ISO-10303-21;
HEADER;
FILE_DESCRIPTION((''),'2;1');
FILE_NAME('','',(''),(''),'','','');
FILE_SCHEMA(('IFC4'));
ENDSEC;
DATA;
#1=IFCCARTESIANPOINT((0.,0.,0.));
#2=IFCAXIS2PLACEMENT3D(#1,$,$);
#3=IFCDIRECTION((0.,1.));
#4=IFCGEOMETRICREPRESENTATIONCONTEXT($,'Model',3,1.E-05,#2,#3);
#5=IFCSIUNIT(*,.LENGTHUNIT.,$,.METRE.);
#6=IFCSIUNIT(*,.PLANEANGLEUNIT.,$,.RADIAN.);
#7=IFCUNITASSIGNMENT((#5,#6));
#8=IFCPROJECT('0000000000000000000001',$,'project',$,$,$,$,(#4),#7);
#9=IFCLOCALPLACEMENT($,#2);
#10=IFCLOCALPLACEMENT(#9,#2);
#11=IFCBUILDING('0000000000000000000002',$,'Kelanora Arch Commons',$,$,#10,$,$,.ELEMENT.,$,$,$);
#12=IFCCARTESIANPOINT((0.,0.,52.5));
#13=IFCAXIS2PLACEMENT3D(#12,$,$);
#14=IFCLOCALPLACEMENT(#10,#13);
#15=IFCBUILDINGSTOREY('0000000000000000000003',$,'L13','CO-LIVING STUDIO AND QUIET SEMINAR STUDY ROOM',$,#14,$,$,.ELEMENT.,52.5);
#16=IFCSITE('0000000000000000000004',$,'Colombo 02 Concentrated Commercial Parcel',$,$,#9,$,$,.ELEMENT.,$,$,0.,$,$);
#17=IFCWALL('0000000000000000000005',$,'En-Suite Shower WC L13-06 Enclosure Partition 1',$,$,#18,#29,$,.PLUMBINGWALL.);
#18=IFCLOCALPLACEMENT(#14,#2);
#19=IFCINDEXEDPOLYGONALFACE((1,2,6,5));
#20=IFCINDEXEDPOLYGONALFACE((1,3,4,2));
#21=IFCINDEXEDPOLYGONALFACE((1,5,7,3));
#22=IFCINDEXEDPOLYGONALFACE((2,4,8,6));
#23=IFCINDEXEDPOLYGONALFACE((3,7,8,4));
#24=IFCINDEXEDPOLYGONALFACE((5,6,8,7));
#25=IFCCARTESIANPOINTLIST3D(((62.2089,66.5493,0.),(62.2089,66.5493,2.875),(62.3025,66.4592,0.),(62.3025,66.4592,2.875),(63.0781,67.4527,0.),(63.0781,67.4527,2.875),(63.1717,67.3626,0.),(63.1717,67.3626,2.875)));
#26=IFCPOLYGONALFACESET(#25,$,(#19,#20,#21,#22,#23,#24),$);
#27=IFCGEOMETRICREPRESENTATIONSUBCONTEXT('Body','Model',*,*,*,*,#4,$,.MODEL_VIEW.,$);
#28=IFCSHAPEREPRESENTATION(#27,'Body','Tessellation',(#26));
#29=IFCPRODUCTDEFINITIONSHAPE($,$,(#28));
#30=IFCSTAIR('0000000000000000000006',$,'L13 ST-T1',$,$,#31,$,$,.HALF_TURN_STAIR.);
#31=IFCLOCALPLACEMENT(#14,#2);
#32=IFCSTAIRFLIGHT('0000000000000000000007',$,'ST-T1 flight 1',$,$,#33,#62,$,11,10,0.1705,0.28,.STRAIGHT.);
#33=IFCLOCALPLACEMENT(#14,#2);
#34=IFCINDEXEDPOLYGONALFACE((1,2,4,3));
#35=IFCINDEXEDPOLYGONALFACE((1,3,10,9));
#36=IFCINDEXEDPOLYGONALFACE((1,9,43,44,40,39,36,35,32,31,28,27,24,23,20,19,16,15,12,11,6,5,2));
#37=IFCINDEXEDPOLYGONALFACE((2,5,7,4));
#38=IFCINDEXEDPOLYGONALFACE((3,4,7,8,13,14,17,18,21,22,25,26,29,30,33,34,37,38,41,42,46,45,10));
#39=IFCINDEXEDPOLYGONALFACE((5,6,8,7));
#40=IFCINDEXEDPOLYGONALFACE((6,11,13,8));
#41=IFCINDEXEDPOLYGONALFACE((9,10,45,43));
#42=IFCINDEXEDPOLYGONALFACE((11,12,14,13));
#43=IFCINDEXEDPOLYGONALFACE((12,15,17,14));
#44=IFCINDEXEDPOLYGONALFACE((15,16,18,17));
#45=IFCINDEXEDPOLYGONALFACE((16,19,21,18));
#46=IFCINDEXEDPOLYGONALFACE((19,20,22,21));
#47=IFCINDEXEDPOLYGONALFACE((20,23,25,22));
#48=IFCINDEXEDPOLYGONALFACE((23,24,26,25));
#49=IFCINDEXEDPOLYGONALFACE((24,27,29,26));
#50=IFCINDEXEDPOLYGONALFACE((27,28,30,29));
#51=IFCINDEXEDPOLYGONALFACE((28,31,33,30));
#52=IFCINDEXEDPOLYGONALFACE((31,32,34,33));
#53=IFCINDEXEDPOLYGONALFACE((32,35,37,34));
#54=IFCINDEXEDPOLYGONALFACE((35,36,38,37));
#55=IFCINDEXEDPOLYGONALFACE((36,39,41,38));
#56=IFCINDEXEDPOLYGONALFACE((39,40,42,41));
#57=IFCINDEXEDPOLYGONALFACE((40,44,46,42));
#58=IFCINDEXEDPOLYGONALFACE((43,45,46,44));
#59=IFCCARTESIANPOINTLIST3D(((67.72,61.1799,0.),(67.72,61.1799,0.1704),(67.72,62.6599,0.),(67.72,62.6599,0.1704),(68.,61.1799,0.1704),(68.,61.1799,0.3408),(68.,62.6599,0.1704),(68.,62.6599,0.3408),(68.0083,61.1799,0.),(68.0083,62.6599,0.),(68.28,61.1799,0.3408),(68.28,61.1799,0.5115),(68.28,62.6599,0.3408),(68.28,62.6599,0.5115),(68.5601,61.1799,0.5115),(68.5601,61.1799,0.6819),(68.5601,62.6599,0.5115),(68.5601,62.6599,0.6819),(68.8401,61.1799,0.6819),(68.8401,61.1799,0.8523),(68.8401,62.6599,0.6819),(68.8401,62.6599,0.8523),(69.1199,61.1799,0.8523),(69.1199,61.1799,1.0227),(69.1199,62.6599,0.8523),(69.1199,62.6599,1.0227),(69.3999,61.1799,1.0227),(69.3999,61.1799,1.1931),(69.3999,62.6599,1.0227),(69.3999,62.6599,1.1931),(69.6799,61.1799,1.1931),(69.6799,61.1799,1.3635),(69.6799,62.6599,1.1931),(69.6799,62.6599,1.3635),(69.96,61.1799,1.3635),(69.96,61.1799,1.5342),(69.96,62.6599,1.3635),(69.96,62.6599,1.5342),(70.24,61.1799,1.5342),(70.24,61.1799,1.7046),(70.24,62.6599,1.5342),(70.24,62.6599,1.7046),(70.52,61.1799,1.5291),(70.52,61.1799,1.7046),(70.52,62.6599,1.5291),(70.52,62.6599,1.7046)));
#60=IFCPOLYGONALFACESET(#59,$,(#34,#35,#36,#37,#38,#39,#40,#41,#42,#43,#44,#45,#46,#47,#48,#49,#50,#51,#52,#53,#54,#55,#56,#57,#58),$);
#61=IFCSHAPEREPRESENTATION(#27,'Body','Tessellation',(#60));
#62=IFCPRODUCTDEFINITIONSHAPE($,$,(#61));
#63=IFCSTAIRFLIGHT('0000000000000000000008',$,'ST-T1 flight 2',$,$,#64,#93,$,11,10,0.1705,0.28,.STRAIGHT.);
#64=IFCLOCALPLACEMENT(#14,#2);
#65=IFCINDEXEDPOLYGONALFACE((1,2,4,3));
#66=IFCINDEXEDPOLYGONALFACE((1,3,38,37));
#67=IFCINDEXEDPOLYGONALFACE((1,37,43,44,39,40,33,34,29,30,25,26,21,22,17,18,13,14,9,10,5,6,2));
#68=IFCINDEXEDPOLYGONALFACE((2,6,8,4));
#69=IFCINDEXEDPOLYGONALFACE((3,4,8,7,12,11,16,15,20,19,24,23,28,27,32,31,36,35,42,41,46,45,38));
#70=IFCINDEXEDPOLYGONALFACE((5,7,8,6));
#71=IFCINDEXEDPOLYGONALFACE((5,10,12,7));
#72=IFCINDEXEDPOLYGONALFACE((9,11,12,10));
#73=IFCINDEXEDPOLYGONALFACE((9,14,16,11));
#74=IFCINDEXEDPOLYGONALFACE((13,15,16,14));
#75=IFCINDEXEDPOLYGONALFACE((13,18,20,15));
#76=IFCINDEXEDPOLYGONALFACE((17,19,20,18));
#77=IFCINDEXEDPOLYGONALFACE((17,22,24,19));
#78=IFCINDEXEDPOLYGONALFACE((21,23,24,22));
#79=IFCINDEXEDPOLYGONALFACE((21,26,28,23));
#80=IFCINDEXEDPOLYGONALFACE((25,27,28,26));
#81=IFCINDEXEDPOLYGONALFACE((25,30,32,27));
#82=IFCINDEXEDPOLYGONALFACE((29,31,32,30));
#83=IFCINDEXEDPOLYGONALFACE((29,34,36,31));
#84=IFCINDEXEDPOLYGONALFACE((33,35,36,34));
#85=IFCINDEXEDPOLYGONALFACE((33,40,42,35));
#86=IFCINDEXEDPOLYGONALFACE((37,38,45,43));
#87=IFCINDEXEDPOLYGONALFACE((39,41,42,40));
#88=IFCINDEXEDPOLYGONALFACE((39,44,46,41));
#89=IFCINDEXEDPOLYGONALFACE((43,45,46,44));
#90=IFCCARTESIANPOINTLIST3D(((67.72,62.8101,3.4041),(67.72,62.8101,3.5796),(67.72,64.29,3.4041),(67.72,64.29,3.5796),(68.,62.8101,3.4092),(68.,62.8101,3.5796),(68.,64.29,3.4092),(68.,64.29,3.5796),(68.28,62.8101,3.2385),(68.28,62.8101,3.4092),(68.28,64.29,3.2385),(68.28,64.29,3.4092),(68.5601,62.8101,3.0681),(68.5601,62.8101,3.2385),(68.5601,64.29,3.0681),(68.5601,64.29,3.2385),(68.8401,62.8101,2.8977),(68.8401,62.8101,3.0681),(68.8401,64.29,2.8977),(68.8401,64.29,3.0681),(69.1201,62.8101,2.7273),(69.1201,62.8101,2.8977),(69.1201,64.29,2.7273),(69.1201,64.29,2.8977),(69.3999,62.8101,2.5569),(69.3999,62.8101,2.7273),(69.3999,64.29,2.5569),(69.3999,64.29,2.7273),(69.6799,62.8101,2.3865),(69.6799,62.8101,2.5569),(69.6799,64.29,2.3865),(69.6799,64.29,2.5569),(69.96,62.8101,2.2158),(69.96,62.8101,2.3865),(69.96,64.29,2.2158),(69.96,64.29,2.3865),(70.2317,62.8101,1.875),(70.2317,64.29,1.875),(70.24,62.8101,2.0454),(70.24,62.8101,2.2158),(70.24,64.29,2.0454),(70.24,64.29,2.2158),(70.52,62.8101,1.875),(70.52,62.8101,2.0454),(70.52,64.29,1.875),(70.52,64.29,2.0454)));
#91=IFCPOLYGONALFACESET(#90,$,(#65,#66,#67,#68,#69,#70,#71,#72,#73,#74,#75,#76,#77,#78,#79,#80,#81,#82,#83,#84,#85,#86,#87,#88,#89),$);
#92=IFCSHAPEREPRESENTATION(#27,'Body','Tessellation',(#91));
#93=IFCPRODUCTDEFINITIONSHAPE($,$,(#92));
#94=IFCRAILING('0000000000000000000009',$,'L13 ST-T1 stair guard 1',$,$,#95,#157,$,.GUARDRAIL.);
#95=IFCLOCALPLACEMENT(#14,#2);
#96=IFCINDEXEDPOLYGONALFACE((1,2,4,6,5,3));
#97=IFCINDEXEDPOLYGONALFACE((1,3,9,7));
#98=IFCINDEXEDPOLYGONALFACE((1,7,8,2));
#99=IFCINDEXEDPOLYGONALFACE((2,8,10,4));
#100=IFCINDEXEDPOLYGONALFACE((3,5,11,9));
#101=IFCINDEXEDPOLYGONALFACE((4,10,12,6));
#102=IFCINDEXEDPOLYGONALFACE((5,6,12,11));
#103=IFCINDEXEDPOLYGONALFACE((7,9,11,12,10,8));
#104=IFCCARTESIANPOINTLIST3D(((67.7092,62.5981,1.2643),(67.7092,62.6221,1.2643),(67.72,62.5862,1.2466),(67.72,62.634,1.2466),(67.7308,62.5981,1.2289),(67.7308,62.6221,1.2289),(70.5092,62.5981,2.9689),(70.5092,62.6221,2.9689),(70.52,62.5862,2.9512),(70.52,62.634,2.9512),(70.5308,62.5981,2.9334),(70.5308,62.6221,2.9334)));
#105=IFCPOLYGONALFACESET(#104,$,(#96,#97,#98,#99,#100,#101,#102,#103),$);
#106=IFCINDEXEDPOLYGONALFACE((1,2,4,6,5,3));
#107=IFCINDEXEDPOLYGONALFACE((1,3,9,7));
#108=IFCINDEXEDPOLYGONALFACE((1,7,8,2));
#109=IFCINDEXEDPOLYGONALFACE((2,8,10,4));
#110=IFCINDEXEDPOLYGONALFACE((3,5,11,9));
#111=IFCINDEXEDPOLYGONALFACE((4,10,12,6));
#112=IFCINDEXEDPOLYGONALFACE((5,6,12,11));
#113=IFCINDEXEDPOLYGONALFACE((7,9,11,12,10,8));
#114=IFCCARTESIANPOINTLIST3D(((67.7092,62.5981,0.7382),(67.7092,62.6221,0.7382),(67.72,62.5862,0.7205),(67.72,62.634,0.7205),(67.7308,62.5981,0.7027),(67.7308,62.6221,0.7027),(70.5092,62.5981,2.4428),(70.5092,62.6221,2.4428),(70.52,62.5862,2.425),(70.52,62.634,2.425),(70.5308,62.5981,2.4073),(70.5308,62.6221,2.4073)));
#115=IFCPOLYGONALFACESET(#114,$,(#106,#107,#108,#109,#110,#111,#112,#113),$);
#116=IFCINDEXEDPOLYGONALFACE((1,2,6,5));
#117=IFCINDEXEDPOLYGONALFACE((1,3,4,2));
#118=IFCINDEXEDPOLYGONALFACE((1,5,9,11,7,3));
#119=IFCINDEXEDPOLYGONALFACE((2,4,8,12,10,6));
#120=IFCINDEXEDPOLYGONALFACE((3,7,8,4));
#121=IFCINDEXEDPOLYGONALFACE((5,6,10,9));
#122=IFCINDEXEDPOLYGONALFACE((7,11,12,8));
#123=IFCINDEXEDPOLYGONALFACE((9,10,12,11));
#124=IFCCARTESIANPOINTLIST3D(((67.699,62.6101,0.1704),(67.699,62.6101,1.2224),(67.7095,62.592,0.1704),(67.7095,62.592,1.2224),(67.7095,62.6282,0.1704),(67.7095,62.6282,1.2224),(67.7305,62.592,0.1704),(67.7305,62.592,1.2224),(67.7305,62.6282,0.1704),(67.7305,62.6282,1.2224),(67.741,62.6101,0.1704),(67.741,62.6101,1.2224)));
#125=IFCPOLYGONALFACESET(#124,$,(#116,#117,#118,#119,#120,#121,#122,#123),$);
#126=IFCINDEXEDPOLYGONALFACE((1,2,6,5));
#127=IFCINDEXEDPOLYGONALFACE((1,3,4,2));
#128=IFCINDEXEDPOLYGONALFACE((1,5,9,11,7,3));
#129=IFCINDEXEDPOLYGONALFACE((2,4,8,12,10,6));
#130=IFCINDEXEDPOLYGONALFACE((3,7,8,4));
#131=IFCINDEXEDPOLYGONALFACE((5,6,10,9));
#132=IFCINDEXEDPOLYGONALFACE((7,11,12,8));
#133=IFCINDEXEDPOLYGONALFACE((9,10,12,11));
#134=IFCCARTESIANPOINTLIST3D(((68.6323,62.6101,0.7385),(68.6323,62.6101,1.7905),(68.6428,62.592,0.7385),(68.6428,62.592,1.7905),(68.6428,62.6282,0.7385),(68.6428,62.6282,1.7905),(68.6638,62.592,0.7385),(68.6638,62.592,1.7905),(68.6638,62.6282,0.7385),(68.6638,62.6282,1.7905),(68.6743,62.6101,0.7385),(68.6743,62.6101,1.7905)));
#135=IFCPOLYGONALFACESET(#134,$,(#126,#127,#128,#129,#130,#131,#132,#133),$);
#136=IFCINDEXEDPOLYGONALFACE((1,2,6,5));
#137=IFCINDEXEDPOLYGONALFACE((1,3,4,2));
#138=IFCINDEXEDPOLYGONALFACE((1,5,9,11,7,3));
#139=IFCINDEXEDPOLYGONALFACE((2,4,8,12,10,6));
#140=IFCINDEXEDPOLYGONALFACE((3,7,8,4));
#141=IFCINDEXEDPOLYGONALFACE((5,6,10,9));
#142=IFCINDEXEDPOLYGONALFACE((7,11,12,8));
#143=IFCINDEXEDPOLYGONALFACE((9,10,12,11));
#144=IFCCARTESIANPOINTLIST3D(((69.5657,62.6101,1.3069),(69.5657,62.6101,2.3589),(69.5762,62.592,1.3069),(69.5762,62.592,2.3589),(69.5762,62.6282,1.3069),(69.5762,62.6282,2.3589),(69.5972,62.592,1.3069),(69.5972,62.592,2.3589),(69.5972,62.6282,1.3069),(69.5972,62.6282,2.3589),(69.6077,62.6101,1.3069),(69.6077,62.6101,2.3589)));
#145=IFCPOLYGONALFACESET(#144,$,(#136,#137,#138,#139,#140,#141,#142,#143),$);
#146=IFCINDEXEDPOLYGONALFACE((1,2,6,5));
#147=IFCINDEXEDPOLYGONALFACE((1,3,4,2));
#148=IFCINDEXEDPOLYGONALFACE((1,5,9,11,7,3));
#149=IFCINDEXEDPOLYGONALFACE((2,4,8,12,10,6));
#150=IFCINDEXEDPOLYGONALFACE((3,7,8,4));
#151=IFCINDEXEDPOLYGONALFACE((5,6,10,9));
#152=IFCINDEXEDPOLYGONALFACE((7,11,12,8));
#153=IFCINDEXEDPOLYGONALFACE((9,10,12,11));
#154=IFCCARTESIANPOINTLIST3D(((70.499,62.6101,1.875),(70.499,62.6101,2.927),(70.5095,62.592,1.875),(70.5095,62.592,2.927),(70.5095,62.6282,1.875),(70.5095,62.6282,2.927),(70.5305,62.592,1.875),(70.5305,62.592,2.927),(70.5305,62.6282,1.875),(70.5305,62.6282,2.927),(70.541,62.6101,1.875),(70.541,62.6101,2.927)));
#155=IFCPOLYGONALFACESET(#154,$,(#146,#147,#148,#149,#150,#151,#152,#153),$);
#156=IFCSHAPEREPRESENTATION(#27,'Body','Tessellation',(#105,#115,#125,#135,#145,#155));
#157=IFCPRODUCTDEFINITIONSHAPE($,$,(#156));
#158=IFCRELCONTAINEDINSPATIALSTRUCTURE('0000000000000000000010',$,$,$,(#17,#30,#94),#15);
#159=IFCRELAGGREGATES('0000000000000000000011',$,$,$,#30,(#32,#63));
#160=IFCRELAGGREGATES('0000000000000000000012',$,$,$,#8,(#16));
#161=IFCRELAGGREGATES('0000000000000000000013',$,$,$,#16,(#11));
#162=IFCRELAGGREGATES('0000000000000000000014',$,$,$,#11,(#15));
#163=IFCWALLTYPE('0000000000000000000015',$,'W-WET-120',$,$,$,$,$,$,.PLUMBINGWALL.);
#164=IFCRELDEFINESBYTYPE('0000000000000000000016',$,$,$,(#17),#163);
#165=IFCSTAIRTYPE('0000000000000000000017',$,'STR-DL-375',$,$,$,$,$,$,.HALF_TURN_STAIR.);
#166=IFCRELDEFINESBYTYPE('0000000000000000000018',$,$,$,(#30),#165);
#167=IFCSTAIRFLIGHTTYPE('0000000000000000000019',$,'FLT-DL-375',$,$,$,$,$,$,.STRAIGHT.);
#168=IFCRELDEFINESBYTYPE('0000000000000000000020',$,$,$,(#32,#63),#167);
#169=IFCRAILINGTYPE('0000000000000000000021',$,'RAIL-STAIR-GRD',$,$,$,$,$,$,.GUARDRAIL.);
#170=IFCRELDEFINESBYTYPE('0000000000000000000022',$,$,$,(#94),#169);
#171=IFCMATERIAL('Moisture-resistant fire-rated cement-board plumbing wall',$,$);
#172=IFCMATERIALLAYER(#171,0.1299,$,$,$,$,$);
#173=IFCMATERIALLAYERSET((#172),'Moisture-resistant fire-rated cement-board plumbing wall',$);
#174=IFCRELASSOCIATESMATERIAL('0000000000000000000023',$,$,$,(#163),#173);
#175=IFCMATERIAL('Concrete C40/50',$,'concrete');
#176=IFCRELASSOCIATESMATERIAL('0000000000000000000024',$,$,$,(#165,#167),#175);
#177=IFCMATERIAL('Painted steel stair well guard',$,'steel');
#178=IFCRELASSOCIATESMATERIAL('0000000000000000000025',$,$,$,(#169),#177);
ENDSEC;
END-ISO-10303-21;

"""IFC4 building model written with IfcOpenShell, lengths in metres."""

from ifc_helpers import new_model, si_unit, direction, frame, frame_2d, origin, place, context, subcontext, project, spatial, polyline, rectangle, outline, extrude, material, layer, layer_set, type_object, element, aggregate, save


model = new_model("IFC4")

# Units and contexts
model_context = context("Model", 3, precision=1e-05, world=origin(), true_north=direction((0.0, 1.0)))
body_context = subcontext(model_context, "Body", "Model", "MODEL_VIEW")
ifc_project = project(units=[si_unit("LENGTHUNIT", "METRE"), si_unit("PLANEANGLEUNIT", "RADIAN")], contexts=[model_context])

# Site, building, storey
site_placement = place(None, origin())
site = spatial("IfcSite", under=ifc_project, at=site_placement, Name="Colombo 02 Concentrated Commercial Parcel", CompositionType="ELEMENT", RefElevation=0.0)
building_placement = place(site_placement, origin())
building = spatial("IfcBuilding", under=site, at=building_placement, Name="Kelanora Arch Commons", CompositionType="ELEMENT")
storey_placement = place(building_placement, frame((0.0, 0.0, 52.5)))
storey = spatial("IfcBuildingStorey", under=building, at=storey_placement, Name="L13", Description="CO-LIVING STUDIO AND QUIET SEMINAR STUDY ROOM", CompositionType="ELEMENT", Elevation=52.5)

# Shared definitions
ifc_material_1 = material(Name="Concrete C40/50", Category="concrete")

# Shared definitions
ifc_material_2 = material(Name="Moisture-resistant fire-rated cement-board plumbing wall")
ifc_layer_1 = layer(ifc_material_2, 0.1299)
ifc_layer_set_1 = layer_set([ifc_layer_1], Name="Moisture-resistant fire-rated cement-board plumbing wall")
wall_type_1 = type_object("IfcWallType", Name="W-WET-120", PredefinedType="PLUMBINGWALL", material=ifc_layer_set_1)

# Wall
wall_1_placement = place(storey_placement, frame((63.125, 67.4077, 0.0), z_axis=(0.0, 0.0, 1.0), x_axis=(-0.693342, -0.720608, 0.0)))
element("IfcWall", 1, at=wall_1_placement, inside=storey, type_object=wall_type_1, Name="En-Suite Shower WC L13-06 Enclosure Partition 1", PredefinedType="PLUMBINGWALL", context=body_context, shape_type="SweptSolid", body=[
    extrude(rectangle(XDim=1.2537, YDim=0.1299, at=frame_2d((0.627, 0.0))), origin(), (0.0, 0.0, 1.0), 2.875),
])

# Stair, stair flights
stair_type = type_object("IfcStairType", Name="STR-DL-375", PredefinedType="HALF_TURN_STAIR", material=ifc_material_1)
stair_placement = place(storey_placement, origin())
stair = element("IfcStair", 2, at=stair_placement, inside=storey, type_object=stair_type, Name="L13 ST-T1", PredefinedType="HALF_TURN_STAIR")
stair_flight_type = type_object("IfcStairFlightType", Name="FLT-DL-375", PredefinedType="STRAIGHT", material=ifc_material_1)
stair_flight_1_placement = place(storey_placement, frame((67.72, 61.9199, 0.0), z_axis=(0.0, 0.0, 1.0), x_axis=(1.0, 0.0, 0.0)))
stair_flight_1 = element("IfcStairFlight", 3, at=stair_flight_1_placement, type_object=stair_flight_type, Name="ST-T1 flight 1", NumberOfRisers=11, NumberOfTreads=10, PredefinedType="STRAIGHT", RiserHeight=0.1705, TreadLength=0.28, context=body_context, shape_type="SweptSolid", body=[
    extrude(outline(polyline([(0.0, 0.0), (0.0, 0.1704), (0.28, 0.1704), (0.28, 0.3408), (0.5601, 0.3408), (0.5601, 0.5115), (0.8401, 0.5115), (0.8401, 0.6819), (1.1201, 0.6819), (1.1201, 0.8523), (1.3999, 0.8523), (1.3999, 1.0227), (1.6799, 1.0227), (1.6799, 1.1931), (1.96, 1.1931), (1.96, 1.3635), (2.24, 1.3635), (2.24, 1.5342), (2.52, 1.5342), (2.52, 1.7046), (2.8, 1.7046), (2.8, 1.875), (2.8, 1.5291), (0.2883, 0.0), (0.0, 0.0)])), frame((0.0, 0.74, 0.0), z_axis=(0.0, -1.0, 0.0), x_axis=(1.0, 0.0, 0.0)), (0.0, 0.0, 1.0), 1.48),
])
stair_flight_2_placement = place(storey_placement, frame((70.52, 63.55, 1.875), z_axis=(0.0, 0.0, 1.0), x_axis=(-1.0, 0.0, 0.0)))
stair_flight_2 = element("IfcStairFlight", 4, at=stair_flight_2_placement, type_object=stair_flight_type, Name="ST-T1 flight 2", NumberOfRisers=11, NumberOfTreads=10, PredefinedType="STRAIGHT", RiserHeight=0.1705, TreadLength=0.28, context=body_context, shape_type="SweptSolid", body=[
    extrude(outline(polyline([(0.0, 0.0), (0.0, 0.1704), (0.28, 0.1704), (0.28, 0.3408), (0.5601, 0.3408), (0.5601, 0.5115), (0.8401, 0.5115), (0.8401, 0.6819), (1.1201, 0.6819), (1.1201, 0.8523), (1.3999, 0.8523), (1.3999, 1.0227), (1.6799, 1.0227), (1.6799, 1.1931), (1.96, 1.1931), (1.96, 1.3635), (2.24, 1.3635), (2.24, 1.5342), (2.52, 1.5342), (2.52, 1.7046), (2.8, 1.7046), (2.8, 1.875), (2.8, 1.5291), (0.2883, 0.0), (0.0, 0.0)])), frame((0.0, 0.74, 0.0), z_axis=(0.0, -1.0, 0.0), x_axis=(1.0, 0.0, 0.0)), (0.0, 0.0, 1.0), 1.48),
])
aggregate(stair, [stair_flight_1, stair_flight_2])

# Railing
ifc_material_3 = material(Name="Painted steel stair well guard", Category="steel")
railing_type_1 = type_object("IfcRailingType", Name="RAIL-STAIR-GRD", PredefinedType="GUARDRAIL", material=ifc_material_3)
railing_1_placement = place(storey_placement, frame((67.72, 62.6101, 0.1704)))
element("IfcRailing", 5, at=railing_1_placement, inside=storey, type_object=railing_type_1, Name="L13 ST-T1 stair guard 1", PredefinedType="GUARDRAIL", context=body_context, shape_type="SweptSolid", body=[
    extrude(outline(polyline([(0.0239, 0.0), (0.012, 0.0208), (-0.012, 0.0208), (-0.0239, 0.0), (-0.012, -0.0208), (0.012, -0.0208), (0.0239, 0.0)])), frame((0.0, 0.0, 1.0762), z_axis=(0.85417, 0.0, 0.519994), x_axis=(0.0, 1.0, 0.0)), (0.0, 0.0, 1.0), 3.2781),
    extrude(outline(polyline([(0.0239, 0.0), (0.012, 0.0208), (-0.012, 0.0208), (-0.0239, 0.0), (-0.012, -0.0208), (0.012, -0.0208), (0.0239, 0.0)])), frame((0.0, 0.0, 0.55), z_axis=(0.85417, 0.0, 0.519994), x_axis=(0.0, 1.0, 0.0)), (0.0, 0.0, 1.0), 3.2781),
    extrude(outline(polyline([(0.021, 0.0), (0.0105, 0.0181), (-0.0105, 0.0181), (-0.021, 0.0), (-0.0105, -0.0181), (0.0105, -0.0181), (0.021, 0.0)])), origin(), (0.0, 0.0, 1.0), 1.052),
    extrude(outline(polyline([(0.021, 0.0), (0.0105, 0.0181), (-0.0105, 0.0181), (-0.021, 0.0), (-0.0105, -0.0181), (0.0105, -0.0181), (0.021, 0.0)])), frame((0.9333, 0.0, 0.5681)), (0.0, 0.0, 1.0), 1.052),
    extrude(outline(polyline([(0.021, 0.0), (0.0105, 0.0181), (-0.0105, 0.0181), (-0.021, 0.0), (-0.0105, -0.0181), (0.0105, -0.0181), (0.021, 0.0)])), frame((1.8667, 0.0, 1.1365)), (0.0, 0.0, 1.0), 1.052),
    extrude(outline(polyline([(0.021, 0.0), (0.0105, 0.0181), (-0.0105, 0.0181), (-0.021, 0.0), (-0.0105, -0.0181), (0.0105, -0.0181), (0.021, 0.0)])), frame((2.8, 0.0, 1.7046)), (0.0, 0.0, 1.0), 1.052),
])

save(model, "model.ifc")
